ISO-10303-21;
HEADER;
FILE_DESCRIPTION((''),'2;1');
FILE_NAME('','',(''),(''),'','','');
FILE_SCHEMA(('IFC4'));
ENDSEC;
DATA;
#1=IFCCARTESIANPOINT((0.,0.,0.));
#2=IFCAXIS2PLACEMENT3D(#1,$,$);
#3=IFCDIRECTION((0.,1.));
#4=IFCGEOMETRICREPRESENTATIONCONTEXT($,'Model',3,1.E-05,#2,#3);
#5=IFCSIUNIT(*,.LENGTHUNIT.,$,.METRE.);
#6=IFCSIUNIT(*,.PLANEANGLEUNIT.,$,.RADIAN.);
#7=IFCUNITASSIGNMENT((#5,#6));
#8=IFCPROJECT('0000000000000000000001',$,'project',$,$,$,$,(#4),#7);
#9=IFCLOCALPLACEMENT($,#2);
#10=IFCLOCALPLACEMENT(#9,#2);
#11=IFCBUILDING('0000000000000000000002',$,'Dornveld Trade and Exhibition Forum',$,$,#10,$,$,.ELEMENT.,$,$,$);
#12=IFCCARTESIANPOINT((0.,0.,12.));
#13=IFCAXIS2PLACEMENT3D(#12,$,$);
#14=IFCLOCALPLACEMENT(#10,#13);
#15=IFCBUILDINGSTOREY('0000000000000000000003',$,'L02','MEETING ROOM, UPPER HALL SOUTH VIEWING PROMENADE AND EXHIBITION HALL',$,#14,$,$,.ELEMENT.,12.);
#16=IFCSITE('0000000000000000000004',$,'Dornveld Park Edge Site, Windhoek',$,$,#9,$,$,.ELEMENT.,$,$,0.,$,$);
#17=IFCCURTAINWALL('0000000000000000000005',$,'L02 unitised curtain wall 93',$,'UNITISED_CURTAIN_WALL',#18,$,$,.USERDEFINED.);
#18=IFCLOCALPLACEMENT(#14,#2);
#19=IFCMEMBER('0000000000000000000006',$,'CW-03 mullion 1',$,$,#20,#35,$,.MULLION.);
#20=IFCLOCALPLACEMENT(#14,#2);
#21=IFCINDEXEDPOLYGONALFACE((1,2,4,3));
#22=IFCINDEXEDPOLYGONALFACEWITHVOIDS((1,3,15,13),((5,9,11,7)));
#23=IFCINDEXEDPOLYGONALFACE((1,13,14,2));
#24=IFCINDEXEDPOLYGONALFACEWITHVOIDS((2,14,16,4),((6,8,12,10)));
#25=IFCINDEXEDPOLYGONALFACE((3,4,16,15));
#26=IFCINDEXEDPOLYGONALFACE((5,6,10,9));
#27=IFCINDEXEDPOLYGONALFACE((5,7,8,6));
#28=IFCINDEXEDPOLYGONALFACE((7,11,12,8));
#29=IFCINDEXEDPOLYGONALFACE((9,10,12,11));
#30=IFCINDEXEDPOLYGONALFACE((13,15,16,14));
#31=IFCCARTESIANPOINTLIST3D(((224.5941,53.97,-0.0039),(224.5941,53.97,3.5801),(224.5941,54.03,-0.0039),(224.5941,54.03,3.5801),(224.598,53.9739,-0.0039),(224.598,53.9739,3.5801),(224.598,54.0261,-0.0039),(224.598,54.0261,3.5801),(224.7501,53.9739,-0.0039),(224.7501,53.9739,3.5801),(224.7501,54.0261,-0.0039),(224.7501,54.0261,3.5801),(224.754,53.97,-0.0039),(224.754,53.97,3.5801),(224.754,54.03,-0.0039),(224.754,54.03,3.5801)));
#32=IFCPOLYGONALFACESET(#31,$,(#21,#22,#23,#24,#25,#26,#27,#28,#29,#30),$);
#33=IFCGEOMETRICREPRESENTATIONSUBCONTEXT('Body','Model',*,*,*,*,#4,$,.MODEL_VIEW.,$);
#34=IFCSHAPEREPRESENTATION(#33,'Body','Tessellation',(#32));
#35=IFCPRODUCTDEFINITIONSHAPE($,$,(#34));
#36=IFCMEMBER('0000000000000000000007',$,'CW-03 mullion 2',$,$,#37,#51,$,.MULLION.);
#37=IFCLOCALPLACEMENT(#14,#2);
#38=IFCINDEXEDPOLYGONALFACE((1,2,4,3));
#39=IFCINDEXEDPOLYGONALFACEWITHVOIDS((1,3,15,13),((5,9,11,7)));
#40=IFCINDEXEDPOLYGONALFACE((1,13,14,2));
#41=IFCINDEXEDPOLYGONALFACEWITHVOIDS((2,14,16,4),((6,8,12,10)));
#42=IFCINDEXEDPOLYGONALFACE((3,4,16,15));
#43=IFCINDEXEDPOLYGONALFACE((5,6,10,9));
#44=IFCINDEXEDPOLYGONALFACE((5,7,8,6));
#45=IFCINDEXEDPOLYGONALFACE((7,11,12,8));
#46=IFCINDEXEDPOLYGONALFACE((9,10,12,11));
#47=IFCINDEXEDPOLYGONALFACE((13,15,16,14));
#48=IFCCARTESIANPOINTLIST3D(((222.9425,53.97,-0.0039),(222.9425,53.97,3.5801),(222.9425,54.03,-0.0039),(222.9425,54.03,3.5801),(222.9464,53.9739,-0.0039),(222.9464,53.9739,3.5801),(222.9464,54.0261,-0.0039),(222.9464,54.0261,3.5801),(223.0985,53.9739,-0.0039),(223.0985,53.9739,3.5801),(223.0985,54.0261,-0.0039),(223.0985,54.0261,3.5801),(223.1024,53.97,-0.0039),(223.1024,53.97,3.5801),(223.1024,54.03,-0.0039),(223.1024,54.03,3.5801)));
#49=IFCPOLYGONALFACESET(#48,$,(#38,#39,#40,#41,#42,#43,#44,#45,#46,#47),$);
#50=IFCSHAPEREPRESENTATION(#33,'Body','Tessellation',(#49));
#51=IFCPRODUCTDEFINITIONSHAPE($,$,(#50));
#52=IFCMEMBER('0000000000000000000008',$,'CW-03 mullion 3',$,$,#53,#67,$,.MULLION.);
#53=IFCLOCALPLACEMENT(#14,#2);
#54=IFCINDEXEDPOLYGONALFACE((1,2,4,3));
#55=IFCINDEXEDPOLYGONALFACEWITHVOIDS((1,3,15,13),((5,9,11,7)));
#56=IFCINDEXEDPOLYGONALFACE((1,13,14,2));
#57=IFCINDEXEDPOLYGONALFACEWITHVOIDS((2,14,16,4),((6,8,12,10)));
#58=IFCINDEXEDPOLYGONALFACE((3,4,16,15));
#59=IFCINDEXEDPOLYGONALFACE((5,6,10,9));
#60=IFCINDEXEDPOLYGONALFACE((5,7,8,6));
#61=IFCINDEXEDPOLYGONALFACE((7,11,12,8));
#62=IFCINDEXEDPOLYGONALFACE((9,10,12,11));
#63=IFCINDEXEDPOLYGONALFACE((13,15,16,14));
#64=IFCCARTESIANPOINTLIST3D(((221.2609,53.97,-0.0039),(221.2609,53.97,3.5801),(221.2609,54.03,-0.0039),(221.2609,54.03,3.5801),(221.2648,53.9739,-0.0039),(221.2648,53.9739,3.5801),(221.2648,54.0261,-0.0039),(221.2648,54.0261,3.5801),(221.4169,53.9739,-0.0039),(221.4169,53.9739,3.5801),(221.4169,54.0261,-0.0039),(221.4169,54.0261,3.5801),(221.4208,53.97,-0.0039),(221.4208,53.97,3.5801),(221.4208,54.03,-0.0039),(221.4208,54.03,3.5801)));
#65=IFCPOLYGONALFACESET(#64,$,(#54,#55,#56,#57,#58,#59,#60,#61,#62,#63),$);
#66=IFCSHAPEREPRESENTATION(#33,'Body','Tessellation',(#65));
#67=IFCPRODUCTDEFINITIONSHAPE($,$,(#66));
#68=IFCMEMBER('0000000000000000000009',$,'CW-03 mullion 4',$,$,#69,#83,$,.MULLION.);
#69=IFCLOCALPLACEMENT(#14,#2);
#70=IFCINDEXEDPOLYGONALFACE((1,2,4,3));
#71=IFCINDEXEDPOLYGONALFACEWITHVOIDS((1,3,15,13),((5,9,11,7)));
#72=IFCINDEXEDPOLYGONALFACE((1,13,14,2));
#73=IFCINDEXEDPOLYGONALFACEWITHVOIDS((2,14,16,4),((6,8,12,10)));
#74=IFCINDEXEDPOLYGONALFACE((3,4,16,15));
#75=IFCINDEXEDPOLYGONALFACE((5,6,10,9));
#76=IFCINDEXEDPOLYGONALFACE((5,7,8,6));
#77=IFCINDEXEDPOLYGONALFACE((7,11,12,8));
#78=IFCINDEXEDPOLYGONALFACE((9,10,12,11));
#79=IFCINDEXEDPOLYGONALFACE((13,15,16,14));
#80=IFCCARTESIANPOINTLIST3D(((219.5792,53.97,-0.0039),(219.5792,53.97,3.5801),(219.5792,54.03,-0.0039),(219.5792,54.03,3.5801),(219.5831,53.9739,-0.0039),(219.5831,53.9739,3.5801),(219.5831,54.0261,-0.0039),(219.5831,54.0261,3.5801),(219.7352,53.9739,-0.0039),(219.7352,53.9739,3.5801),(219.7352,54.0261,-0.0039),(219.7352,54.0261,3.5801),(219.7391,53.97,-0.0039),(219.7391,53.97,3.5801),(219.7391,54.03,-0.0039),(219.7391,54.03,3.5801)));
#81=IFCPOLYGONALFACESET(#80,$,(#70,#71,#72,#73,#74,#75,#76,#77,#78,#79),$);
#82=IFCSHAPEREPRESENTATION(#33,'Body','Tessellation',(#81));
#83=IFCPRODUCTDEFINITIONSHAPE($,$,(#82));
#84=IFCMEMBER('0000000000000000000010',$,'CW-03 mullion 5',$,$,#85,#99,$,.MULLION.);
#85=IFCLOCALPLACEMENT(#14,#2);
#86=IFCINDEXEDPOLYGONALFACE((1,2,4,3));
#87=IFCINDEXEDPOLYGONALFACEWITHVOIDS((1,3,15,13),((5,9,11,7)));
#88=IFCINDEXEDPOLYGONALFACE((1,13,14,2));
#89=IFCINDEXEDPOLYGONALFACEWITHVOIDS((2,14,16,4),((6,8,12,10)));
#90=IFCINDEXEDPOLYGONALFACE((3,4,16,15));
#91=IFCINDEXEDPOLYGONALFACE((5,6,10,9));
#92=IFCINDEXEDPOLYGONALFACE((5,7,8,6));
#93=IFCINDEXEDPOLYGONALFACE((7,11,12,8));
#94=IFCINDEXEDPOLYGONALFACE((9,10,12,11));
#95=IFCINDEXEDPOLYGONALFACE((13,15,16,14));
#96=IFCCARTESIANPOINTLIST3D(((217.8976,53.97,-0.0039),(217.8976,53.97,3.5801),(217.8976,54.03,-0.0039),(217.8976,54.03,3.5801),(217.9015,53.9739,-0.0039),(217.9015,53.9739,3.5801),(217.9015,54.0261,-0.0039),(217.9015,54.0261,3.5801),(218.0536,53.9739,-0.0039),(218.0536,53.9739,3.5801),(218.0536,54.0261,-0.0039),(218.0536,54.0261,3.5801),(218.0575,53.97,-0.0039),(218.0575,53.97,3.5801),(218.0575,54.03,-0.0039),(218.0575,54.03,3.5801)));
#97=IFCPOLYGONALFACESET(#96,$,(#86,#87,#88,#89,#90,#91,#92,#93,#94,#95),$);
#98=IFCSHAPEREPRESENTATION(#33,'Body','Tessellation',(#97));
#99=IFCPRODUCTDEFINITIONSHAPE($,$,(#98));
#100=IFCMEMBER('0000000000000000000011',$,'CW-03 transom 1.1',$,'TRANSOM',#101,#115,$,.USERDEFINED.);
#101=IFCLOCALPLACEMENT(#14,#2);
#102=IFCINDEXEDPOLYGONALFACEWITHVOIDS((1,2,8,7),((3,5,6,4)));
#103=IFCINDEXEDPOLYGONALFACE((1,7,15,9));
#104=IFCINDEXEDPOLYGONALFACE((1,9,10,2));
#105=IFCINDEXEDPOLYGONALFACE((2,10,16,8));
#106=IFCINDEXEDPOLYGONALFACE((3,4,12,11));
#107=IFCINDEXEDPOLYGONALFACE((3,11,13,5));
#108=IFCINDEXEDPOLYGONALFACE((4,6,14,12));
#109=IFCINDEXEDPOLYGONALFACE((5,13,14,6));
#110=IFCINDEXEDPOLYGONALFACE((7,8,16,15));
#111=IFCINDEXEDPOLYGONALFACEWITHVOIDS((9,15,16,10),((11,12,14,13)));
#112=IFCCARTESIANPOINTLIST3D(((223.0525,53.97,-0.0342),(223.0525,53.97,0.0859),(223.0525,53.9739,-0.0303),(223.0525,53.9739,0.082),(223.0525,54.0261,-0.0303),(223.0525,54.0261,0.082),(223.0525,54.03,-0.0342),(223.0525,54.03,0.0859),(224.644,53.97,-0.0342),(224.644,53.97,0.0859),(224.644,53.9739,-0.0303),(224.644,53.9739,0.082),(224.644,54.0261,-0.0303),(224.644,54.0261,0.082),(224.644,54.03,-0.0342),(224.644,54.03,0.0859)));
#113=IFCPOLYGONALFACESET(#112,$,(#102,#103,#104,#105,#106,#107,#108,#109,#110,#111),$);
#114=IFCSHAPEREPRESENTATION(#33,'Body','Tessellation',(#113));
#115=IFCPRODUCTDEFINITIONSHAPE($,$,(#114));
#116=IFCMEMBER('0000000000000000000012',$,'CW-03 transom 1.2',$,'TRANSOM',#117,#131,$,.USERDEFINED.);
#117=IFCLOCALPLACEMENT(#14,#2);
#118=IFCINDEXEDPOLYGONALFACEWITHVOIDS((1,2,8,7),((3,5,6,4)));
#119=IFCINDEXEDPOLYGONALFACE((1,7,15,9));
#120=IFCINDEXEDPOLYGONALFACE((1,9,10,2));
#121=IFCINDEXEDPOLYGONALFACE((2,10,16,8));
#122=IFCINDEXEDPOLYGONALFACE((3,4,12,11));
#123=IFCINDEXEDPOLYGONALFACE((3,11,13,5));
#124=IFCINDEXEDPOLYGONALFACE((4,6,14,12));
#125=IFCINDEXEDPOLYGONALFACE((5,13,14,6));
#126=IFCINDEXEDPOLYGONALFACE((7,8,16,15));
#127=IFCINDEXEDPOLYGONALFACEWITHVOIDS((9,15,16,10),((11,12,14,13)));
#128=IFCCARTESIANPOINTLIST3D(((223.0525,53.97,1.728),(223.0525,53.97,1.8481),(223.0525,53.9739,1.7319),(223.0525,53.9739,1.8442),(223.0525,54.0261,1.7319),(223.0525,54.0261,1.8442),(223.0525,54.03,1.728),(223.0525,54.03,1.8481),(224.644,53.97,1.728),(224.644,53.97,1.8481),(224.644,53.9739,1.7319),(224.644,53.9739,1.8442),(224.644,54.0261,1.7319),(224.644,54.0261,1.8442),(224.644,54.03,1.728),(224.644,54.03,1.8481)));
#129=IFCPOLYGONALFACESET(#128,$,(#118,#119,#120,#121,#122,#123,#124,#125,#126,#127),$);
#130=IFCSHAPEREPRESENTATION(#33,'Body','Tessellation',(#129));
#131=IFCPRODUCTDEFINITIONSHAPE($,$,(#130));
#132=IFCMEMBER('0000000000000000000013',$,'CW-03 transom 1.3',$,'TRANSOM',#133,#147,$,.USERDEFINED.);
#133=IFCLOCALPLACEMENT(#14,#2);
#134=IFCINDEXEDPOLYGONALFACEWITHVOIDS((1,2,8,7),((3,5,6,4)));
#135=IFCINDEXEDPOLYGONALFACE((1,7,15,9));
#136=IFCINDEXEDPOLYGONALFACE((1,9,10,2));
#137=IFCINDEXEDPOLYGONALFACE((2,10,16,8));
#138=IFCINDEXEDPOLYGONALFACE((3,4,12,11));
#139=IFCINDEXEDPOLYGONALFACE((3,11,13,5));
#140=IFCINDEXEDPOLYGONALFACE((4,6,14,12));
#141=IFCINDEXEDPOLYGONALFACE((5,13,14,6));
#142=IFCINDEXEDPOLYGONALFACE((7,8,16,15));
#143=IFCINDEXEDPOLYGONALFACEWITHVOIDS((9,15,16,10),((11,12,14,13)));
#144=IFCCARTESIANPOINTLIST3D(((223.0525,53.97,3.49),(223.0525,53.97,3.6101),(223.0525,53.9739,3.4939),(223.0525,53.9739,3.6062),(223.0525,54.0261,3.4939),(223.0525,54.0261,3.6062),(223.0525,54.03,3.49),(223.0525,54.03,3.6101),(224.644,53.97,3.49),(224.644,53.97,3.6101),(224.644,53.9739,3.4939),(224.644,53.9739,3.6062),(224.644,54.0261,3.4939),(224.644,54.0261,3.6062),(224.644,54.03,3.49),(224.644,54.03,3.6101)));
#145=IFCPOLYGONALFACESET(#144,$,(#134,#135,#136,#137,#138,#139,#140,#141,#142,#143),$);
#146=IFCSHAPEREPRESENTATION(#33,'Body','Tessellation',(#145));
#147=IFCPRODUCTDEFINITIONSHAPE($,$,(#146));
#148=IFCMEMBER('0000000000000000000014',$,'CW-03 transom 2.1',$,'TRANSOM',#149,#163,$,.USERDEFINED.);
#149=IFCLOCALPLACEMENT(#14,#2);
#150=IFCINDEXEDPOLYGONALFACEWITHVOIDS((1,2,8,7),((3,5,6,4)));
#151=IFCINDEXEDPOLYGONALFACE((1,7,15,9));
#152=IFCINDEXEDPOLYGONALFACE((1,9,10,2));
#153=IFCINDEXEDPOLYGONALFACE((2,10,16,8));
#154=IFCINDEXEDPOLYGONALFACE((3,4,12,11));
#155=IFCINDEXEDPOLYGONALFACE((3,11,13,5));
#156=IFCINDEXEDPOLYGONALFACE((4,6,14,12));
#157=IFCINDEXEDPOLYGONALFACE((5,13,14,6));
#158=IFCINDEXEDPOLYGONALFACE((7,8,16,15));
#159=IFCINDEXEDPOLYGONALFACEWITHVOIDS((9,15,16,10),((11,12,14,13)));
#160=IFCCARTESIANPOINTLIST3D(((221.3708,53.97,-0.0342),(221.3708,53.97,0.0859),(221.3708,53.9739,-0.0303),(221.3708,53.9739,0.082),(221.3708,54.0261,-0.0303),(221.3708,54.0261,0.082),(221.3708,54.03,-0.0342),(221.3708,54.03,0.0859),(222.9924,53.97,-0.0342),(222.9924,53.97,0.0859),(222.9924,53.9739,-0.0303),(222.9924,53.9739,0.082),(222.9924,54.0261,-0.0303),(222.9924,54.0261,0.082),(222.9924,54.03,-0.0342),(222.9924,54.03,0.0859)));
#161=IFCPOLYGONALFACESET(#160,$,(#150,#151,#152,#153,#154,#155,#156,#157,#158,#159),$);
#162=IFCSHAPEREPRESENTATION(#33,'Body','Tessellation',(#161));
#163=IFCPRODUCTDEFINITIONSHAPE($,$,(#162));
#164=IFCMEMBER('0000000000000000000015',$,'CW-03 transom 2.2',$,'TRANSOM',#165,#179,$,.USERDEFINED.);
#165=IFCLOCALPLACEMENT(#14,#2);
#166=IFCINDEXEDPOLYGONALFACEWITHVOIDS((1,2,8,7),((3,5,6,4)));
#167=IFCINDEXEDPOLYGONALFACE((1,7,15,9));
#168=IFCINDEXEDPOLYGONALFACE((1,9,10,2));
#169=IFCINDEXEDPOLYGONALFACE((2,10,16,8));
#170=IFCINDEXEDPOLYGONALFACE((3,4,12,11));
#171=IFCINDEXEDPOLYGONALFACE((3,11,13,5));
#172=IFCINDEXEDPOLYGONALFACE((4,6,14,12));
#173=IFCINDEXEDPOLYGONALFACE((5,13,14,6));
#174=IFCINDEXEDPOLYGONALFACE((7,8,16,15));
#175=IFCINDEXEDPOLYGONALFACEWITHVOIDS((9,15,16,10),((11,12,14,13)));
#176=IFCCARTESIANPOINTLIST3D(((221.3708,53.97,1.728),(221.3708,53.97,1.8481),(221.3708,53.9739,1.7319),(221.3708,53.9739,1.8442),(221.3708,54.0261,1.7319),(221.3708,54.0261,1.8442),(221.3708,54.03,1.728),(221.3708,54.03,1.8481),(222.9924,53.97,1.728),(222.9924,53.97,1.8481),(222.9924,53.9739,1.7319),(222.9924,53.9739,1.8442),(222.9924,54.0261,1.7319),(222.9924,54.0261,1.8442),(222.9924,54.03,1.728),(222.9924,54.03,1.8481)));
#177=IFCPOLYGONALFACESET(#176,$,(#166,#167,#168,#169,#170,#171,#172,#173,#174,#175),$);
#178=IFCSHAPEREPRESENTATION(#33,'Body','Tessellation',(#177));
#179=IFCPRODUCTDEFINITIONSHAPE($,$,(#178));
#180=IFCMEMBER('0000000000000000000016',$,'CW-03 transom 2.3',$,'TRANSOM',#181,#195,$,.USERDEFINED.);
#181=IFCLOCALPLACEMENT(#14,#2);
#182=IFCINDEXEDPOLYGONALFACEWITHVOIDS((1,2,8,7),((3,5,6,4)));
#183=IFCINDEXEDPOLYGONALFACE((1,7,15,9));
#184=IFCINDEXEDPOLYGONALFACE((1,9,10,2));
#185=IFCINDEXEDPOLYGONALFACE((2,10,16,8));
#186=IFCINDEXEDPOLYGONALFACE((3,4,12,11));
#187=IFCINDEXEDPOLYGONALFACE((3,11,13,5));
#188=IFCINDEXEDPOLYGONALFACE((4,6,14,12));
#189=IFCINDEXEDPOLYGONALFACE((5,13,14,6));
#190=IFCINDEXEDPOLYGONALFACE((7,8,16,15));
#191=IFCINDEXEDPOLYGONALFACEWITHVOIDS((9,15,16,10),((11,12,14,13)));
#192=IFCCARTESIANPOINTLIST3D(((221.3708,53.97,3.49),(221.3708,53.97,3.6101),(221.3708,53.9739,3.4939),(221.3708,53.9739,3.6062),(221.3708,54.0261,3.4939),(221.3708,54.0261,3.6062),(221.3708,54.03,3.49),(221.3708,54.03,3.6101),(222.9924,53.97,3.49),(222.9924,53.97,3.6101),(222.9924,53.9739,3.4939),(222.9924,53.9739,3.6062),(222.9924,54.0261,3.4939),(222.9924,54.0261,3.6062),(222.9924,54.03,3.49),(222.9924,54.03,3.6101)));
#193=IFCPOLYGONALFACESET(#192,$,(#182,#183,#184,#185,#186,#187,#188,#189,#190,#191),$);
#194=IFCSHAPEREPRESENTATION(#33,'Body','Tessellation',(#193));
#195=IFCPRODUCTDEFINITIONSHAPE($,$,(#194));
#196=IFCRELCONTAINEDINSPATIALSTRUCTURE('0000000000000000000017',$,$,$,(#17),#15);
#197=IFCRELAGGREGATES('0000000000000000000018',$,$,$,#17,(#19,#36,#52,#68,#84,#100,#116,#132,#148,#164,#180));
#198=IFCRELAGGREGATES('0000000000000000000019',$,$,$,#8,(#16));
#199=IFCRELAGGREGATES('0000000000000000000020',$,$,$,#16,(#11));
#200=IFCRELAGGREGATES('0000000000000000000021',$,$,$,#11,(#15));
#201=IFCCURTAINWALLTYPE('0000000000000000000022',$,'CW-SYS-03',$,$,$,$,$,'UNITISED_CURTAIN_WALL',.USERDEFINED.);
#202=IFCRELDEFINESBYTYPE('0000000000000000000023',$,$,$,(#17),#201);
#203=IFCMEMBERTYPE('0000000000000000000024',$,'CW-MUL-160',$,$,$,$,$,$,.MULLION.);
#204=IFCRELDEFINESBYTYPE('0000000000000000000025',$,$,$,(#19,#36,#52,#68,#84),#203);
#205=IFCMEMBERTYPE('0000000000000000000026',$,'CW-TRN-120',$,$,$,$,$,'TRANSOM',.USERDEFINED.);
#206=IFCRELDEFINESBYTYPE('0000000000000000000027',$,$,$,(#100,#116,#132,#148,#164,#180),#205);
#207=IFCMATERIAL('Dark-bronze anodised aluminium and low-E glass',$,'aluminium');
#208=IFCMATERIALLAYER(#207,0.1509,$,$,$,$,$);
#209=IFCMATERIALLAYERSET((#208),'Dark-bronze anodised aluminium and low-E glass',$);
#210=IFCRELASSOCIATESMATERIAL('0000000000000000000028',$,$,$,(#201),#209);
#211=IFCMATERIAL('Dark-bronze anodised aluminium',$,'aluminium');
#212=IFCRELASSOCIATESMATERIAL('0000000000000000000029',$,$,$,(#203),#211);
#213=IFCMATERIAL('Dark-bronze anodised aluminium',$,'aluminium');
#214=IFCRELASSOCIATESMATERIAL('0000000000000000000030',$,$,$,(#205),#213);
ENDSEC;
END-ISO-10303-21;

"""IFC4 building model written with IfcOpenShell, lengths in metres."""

from ifc_helpers import new_model, si_unit, direction, frame, origin, origin_2d, place, context, subcontext, project, spatial, hollow_rectangle, extrude, material, layer, layer_set, material_profile, profile_set, type_object, element, aggregate, save


model = new_model("IFC4")

# Units and contexts
model_context = context("Model", 3, precision=1e-05, world=origin(), true_north=direction((0.0, 1.0)))
body_context = subcontext(model_context, "Body", "Model", "MODEL_VIEW")
ifc_project = project(units=[si_unit("LENGTHUNIT", "METRE"), si_unit("PLANEANGLEUNIT", "RADIAN")], contexts=[model_context])

# Site, building, storey
site_placement = place(None, origin())
site = spatial("IfcSite", under=ifc_project, at=site_placement, Name="Dornveld Park Edge Site, Windhoek", CompositionType="ELEMENT", RefElevation=0.0)
building_placement = place(site_placement, origin())
building = spatial("IfcBuilding", under=site, at=building_placement, Name="Dornveld Trade and Exhibition Forum", CompositionType="ELEMENT")
storey_placement = place(building_placement, frame((0.0, 0.0, 12.0)))
storey = spatial("IfcBuildingStorey", under=building, at=storey_placement, Name="L02", Description="MEETING ROOM, UPPER HALL SOUTH VIEWING PROMENADE AND EXHIBITION HALL", CompositionType="ELEMENT", Elevation=12.0)

# Curtain wall, members
ifc_material_1 = material(Name="Dark-bronze anodised aluminium and low-E glass", Category="aluminium")
ifc_layer_1 = layer(ifc_material_1, 0.1509)
ifc_layer_set_1 = layer_set([ifc_layer_1], Name="Dark-bronze anodised aluminium and low-E glass")
curtain_wall_type = type_object("IfcCurtainWallType", Name="CW-SYS-03", ElementType="UNITISED_CURTAIN_WALL", PredefinedType="USERDEFINED", material=ifc_layer_set_1)
curtain_wall_placement = place(storey_placement, origin())
curtain_wall = element("IfcCurtainWall", 1, at=curtain_wall_placement, inside=storey, type_object=curtain_wall_type, Name="L02 unitised curtain wall 93", ObjectType="UNITISED_CURTAIN_WALL", PredefinedType="USERDEFINED")
ifc_material_2 = material(Name="Dark-bronze anodised aluminium", Category="aluminium")
ifc_material_profile_1 = material_profile(ifc_material_2, hollow_rectangle(XDim=0.0601, YDim=0.1599, WallThickness=0.0039, at=origin_2d()), Name="RHS 160x60x4")
ifc_profile_set_1 = profile_set([ifc_material_profile_1], Name="Dark-bronze anodised aluminium")
member_type_1 = type_object("IfcMemberType", Name="CW-MUL-160", PredefinedType="MULLION", material=ifc_profile_set_1)
member_1_placement = place(storey_placement, frame((224.6741, 54.0, -0.0039), z_axis=(0.0, 0.0, 1.0), x_axis=(0.0, -1.0, 0.0)))
member_1 = element("IfcMember", 2, at=member_1_placement, type_object=member_type_1, Name="CW-03 mullion 1", PredefinedType="MULLION", context=body_context, shape_type="SweptSolid", body=[
    extrude(hollow_rectangle(XDim=0.0601, YDim=0.1599, WallThickness=0.0039, at=origin_2d()), origin(), (0.0, 0.0, 1.0), 3.584),
])
member_2_placement = place(storey_placement, frame((223.0225, 54.0, -0.0039), z_axis=(0.0, 0.0, 1.0), x_axis=(0.0, -1.0, 0.0)))
member_2 = element("IfcMember", 3, at=member_2_placement, type_object=member_type_1, Name="CW-03 mullion 2", PredefinedType="MULLION", context=body_context, shape_type="SweptSolid", body=[
    extrude(hollow_rectangle(XDim=0.0601, YDim=0.1599, WallThickness=0.0039, at=origin_2d()), origin(), (0.0, 0.0, 1.0), 3.584),
])
member_3_placement = place(storey_placement, frame((221.3408, 54.0, -0.0039), z_axis=(0.0, 0.0, 1.0), x_axis=(0.0, -1.0, 0.0)))
member_3 = element("IfcMember", 4, at=member_3_placement, type_object=member_type_1, Name="CW-03 mullion 3", PredefinedType="MULLION", context=body_context, shape_type="SweptSolid", body=[
    extrude(hollow_rectangle(XDim=0.0601, YDim=0.1599, WallThickness=0.0039, at=origin_2d()), origin(), (0.0, 0.0, 1.0), 3.584),
])
member_4_placement = place(storey_placement, frame((219.6592, 54.0, -0.0039), z_axis=(0.0, 0.0, 1.0), x_axis=(0.0, -1.0, 0.0)))
member_4 = element("IfcMember", 5, at=member_4_placement, type_object=member_type_1, Name="CW-03 mullion 4", PredefinedType="MULLION", context=body_context, shape_type="SweptSolid", body=[
    extrude(hollow_rectangle(XDim=0.0601, YDim=0.1599, WallThickness=0.0039, at=origin_2d()), origin(), (0.0, 0.0, 1.0), 3.584),
])
member_5_placement = place(storey_placement, frame((217.9775, 54.0, -0.0039), z_axis=(0.0, 0.0, 1.0), x_axis=(0.0, -1.0, 0.0)))
member_5 = element("IfcMember", 6, at=member_5_placement, type_object=member_type_1, Name="CW-03 mullion 5", PredefinedType="MULLION", context=body_context, shape_type="SweptSolid", body=[
    extrude(hollow_rectangle(XDim=0.0601, YDim=0.1599, WallThickness=0.0039, at=origin_2d()), origin(), (0.0, 0.0, 1.0), 3.584),
])
ifc_material_3 = material(Name="Dark-bronze anodised aluminium", Category="aluminium")
ifc_material_profile_2 = material_profile(ifc_material_3, hollow_rectangle(XDim=0.0601, YDim=0.1201, WallThickness=0.0039, at=origin_2d()), Name="RHS 120x60x4")
ifc_profile_set_2 = profile_set([ifc_material_profile_2], Name="Dark-bronze anodised aluminium")
member_type_2 = type_object("IfcMemberType", Name="CW-TRN-120", ElementType="TRANSOM", PredefinedType="USERDEFINED", material=ifc_profile_set_2)
member_6_placement = place(storey_placement, frame((224.644, 54.0, 0.0259), z_axis=(-1.0, 0.0, 0.0), x_axis=(0.0, -1.0, 0.0)))
member_6 = element("IfcMember", 7, at=member_6_placement, type_object=member_type_2, Name="CW-03 transom 1.1", ObjectType="TRANSOM", PredefinedType="USERDEFINED", context=body_context, shape_type="SweptSolid", body=[
    extrude(hollow_rectangle(XDim=0.0601, YDim=0.1201, WallThickness=0.0039, at=origin_2d()), origin(), (0.0, 0.0, 1.0), 1.5916),
])
member_7_placement = place(storey_placement, frame((224.644, 54.0, 1.7881), z_axis=(-1.0, 0.0, 0.0), x_axis=(0.0, -1.0, 0.0)))
member_7 = element("IfcMember", 8, at=member_7_placement, type_object=member_type_2, Name="CW-03 transom 1.2", ObjectType="TRANSOM", PredefinedType="USERDEFINED", context=body_context, shape_type="SweptSolid", body=[
    extrude(hollow_rectangle(XDim=0.0601, YDim=0.1201, WallThickness=0.0039, at=origin_2d()), origin(), (0.0, 0.0, 1.0), 1.5916),
])
member_8_placement = place(storey_placement, frame((224.644, 54.0, 3.55), z_axis=(-1.0, 0.0, 0.0), x_axis=(0.0, -1.0, 0.0)))
member_8 = element("IfcMember", 9, at=member_8_placement, type_object=member_type_2, Name="CW-03 transom 1.3", ObjectType="TRANSOM", PredefinedType="USERDEFINED", context=body_context, shape_type="SweptSolid", body=[
    extrude(hollow_rectangle(XDim=0.0601, YDim=0.1201, WallThickness=0.0039, at=origin_2d()), origin(), (0.0, 0.0, 1.0), 1.5916),
])
member_9_placement = place(storey_placement, frame((222.9924, 54.0, 0.0259), z_axis=(-1.0, 0.0, 0.0), x_axis=(0.0, -1.0, 0.0)))
member_9 = element("IfcMember", 10, at=member_9_placement, type_object=member_type_2, Name="CW-03 transom 2.1", ObjectType="TRANSOM", PredefinedType="USERDEFINED", context=body_context, shape_type="SweptSolid", body=[
    extrude(hollow_rectangle(XDim=0.0601, YDim=0.1201, WallThickness=0.0039, at=origin_2d()), origin(), (0.0, 0.0, 1.0), 1.6216),
])
member_10_placement = place(storey_placement, frame((222.9924, 54.0, 1.7881), z_axis=(-1.0, 0.0, 0.0), x_axis=(0.0, -1.0, 0.0)))
member_10 = element("IfcMember", 11, at=member_10_placement, type_object=member_type_2, Name="CW-03 transom 2.2", ObjectType="TRANSOM", PredefinedType="USERDEFINED", context=body_context, shape_type="SweptSolid", body=[
    extrude(hollow_rectangle(XDim=0.0601, YDim=0.1201, WallThickness=0.0039, at=origin_2d()), origin(), (0.0, 0.0, 1.0), 1.6216),
])
member_11_placement = place(storey_placement, frame((222.9924, 54.0, 3.55), z_axis=(-1.0, 0.0, 0.0), x_axis=(0.0, -1.0, 0.0)))
member_11 = element("IfcMember", 12, at=member_11_placement, type_object=member_type_2, Name="CW-03 transom 2.3", ObjectType="TRANSOM", PredefinedType="USERDEFINED", context=body_context, shape_type="SweptSolid", body=[
    extrude(hollow_rectangle(XDim=0.0601, YDim=0.1201, WallThickness=0.0039, at=origin_2d()), origin(), (0.0, 0.0, 1.0), 1.6216),
])
aggregate(curtain_wall, [member_1, member_2, member_3, member_4, member_5, member_6, member_7, member_8, member_9, member_10, member_11])

save(model, "model.ifc")
